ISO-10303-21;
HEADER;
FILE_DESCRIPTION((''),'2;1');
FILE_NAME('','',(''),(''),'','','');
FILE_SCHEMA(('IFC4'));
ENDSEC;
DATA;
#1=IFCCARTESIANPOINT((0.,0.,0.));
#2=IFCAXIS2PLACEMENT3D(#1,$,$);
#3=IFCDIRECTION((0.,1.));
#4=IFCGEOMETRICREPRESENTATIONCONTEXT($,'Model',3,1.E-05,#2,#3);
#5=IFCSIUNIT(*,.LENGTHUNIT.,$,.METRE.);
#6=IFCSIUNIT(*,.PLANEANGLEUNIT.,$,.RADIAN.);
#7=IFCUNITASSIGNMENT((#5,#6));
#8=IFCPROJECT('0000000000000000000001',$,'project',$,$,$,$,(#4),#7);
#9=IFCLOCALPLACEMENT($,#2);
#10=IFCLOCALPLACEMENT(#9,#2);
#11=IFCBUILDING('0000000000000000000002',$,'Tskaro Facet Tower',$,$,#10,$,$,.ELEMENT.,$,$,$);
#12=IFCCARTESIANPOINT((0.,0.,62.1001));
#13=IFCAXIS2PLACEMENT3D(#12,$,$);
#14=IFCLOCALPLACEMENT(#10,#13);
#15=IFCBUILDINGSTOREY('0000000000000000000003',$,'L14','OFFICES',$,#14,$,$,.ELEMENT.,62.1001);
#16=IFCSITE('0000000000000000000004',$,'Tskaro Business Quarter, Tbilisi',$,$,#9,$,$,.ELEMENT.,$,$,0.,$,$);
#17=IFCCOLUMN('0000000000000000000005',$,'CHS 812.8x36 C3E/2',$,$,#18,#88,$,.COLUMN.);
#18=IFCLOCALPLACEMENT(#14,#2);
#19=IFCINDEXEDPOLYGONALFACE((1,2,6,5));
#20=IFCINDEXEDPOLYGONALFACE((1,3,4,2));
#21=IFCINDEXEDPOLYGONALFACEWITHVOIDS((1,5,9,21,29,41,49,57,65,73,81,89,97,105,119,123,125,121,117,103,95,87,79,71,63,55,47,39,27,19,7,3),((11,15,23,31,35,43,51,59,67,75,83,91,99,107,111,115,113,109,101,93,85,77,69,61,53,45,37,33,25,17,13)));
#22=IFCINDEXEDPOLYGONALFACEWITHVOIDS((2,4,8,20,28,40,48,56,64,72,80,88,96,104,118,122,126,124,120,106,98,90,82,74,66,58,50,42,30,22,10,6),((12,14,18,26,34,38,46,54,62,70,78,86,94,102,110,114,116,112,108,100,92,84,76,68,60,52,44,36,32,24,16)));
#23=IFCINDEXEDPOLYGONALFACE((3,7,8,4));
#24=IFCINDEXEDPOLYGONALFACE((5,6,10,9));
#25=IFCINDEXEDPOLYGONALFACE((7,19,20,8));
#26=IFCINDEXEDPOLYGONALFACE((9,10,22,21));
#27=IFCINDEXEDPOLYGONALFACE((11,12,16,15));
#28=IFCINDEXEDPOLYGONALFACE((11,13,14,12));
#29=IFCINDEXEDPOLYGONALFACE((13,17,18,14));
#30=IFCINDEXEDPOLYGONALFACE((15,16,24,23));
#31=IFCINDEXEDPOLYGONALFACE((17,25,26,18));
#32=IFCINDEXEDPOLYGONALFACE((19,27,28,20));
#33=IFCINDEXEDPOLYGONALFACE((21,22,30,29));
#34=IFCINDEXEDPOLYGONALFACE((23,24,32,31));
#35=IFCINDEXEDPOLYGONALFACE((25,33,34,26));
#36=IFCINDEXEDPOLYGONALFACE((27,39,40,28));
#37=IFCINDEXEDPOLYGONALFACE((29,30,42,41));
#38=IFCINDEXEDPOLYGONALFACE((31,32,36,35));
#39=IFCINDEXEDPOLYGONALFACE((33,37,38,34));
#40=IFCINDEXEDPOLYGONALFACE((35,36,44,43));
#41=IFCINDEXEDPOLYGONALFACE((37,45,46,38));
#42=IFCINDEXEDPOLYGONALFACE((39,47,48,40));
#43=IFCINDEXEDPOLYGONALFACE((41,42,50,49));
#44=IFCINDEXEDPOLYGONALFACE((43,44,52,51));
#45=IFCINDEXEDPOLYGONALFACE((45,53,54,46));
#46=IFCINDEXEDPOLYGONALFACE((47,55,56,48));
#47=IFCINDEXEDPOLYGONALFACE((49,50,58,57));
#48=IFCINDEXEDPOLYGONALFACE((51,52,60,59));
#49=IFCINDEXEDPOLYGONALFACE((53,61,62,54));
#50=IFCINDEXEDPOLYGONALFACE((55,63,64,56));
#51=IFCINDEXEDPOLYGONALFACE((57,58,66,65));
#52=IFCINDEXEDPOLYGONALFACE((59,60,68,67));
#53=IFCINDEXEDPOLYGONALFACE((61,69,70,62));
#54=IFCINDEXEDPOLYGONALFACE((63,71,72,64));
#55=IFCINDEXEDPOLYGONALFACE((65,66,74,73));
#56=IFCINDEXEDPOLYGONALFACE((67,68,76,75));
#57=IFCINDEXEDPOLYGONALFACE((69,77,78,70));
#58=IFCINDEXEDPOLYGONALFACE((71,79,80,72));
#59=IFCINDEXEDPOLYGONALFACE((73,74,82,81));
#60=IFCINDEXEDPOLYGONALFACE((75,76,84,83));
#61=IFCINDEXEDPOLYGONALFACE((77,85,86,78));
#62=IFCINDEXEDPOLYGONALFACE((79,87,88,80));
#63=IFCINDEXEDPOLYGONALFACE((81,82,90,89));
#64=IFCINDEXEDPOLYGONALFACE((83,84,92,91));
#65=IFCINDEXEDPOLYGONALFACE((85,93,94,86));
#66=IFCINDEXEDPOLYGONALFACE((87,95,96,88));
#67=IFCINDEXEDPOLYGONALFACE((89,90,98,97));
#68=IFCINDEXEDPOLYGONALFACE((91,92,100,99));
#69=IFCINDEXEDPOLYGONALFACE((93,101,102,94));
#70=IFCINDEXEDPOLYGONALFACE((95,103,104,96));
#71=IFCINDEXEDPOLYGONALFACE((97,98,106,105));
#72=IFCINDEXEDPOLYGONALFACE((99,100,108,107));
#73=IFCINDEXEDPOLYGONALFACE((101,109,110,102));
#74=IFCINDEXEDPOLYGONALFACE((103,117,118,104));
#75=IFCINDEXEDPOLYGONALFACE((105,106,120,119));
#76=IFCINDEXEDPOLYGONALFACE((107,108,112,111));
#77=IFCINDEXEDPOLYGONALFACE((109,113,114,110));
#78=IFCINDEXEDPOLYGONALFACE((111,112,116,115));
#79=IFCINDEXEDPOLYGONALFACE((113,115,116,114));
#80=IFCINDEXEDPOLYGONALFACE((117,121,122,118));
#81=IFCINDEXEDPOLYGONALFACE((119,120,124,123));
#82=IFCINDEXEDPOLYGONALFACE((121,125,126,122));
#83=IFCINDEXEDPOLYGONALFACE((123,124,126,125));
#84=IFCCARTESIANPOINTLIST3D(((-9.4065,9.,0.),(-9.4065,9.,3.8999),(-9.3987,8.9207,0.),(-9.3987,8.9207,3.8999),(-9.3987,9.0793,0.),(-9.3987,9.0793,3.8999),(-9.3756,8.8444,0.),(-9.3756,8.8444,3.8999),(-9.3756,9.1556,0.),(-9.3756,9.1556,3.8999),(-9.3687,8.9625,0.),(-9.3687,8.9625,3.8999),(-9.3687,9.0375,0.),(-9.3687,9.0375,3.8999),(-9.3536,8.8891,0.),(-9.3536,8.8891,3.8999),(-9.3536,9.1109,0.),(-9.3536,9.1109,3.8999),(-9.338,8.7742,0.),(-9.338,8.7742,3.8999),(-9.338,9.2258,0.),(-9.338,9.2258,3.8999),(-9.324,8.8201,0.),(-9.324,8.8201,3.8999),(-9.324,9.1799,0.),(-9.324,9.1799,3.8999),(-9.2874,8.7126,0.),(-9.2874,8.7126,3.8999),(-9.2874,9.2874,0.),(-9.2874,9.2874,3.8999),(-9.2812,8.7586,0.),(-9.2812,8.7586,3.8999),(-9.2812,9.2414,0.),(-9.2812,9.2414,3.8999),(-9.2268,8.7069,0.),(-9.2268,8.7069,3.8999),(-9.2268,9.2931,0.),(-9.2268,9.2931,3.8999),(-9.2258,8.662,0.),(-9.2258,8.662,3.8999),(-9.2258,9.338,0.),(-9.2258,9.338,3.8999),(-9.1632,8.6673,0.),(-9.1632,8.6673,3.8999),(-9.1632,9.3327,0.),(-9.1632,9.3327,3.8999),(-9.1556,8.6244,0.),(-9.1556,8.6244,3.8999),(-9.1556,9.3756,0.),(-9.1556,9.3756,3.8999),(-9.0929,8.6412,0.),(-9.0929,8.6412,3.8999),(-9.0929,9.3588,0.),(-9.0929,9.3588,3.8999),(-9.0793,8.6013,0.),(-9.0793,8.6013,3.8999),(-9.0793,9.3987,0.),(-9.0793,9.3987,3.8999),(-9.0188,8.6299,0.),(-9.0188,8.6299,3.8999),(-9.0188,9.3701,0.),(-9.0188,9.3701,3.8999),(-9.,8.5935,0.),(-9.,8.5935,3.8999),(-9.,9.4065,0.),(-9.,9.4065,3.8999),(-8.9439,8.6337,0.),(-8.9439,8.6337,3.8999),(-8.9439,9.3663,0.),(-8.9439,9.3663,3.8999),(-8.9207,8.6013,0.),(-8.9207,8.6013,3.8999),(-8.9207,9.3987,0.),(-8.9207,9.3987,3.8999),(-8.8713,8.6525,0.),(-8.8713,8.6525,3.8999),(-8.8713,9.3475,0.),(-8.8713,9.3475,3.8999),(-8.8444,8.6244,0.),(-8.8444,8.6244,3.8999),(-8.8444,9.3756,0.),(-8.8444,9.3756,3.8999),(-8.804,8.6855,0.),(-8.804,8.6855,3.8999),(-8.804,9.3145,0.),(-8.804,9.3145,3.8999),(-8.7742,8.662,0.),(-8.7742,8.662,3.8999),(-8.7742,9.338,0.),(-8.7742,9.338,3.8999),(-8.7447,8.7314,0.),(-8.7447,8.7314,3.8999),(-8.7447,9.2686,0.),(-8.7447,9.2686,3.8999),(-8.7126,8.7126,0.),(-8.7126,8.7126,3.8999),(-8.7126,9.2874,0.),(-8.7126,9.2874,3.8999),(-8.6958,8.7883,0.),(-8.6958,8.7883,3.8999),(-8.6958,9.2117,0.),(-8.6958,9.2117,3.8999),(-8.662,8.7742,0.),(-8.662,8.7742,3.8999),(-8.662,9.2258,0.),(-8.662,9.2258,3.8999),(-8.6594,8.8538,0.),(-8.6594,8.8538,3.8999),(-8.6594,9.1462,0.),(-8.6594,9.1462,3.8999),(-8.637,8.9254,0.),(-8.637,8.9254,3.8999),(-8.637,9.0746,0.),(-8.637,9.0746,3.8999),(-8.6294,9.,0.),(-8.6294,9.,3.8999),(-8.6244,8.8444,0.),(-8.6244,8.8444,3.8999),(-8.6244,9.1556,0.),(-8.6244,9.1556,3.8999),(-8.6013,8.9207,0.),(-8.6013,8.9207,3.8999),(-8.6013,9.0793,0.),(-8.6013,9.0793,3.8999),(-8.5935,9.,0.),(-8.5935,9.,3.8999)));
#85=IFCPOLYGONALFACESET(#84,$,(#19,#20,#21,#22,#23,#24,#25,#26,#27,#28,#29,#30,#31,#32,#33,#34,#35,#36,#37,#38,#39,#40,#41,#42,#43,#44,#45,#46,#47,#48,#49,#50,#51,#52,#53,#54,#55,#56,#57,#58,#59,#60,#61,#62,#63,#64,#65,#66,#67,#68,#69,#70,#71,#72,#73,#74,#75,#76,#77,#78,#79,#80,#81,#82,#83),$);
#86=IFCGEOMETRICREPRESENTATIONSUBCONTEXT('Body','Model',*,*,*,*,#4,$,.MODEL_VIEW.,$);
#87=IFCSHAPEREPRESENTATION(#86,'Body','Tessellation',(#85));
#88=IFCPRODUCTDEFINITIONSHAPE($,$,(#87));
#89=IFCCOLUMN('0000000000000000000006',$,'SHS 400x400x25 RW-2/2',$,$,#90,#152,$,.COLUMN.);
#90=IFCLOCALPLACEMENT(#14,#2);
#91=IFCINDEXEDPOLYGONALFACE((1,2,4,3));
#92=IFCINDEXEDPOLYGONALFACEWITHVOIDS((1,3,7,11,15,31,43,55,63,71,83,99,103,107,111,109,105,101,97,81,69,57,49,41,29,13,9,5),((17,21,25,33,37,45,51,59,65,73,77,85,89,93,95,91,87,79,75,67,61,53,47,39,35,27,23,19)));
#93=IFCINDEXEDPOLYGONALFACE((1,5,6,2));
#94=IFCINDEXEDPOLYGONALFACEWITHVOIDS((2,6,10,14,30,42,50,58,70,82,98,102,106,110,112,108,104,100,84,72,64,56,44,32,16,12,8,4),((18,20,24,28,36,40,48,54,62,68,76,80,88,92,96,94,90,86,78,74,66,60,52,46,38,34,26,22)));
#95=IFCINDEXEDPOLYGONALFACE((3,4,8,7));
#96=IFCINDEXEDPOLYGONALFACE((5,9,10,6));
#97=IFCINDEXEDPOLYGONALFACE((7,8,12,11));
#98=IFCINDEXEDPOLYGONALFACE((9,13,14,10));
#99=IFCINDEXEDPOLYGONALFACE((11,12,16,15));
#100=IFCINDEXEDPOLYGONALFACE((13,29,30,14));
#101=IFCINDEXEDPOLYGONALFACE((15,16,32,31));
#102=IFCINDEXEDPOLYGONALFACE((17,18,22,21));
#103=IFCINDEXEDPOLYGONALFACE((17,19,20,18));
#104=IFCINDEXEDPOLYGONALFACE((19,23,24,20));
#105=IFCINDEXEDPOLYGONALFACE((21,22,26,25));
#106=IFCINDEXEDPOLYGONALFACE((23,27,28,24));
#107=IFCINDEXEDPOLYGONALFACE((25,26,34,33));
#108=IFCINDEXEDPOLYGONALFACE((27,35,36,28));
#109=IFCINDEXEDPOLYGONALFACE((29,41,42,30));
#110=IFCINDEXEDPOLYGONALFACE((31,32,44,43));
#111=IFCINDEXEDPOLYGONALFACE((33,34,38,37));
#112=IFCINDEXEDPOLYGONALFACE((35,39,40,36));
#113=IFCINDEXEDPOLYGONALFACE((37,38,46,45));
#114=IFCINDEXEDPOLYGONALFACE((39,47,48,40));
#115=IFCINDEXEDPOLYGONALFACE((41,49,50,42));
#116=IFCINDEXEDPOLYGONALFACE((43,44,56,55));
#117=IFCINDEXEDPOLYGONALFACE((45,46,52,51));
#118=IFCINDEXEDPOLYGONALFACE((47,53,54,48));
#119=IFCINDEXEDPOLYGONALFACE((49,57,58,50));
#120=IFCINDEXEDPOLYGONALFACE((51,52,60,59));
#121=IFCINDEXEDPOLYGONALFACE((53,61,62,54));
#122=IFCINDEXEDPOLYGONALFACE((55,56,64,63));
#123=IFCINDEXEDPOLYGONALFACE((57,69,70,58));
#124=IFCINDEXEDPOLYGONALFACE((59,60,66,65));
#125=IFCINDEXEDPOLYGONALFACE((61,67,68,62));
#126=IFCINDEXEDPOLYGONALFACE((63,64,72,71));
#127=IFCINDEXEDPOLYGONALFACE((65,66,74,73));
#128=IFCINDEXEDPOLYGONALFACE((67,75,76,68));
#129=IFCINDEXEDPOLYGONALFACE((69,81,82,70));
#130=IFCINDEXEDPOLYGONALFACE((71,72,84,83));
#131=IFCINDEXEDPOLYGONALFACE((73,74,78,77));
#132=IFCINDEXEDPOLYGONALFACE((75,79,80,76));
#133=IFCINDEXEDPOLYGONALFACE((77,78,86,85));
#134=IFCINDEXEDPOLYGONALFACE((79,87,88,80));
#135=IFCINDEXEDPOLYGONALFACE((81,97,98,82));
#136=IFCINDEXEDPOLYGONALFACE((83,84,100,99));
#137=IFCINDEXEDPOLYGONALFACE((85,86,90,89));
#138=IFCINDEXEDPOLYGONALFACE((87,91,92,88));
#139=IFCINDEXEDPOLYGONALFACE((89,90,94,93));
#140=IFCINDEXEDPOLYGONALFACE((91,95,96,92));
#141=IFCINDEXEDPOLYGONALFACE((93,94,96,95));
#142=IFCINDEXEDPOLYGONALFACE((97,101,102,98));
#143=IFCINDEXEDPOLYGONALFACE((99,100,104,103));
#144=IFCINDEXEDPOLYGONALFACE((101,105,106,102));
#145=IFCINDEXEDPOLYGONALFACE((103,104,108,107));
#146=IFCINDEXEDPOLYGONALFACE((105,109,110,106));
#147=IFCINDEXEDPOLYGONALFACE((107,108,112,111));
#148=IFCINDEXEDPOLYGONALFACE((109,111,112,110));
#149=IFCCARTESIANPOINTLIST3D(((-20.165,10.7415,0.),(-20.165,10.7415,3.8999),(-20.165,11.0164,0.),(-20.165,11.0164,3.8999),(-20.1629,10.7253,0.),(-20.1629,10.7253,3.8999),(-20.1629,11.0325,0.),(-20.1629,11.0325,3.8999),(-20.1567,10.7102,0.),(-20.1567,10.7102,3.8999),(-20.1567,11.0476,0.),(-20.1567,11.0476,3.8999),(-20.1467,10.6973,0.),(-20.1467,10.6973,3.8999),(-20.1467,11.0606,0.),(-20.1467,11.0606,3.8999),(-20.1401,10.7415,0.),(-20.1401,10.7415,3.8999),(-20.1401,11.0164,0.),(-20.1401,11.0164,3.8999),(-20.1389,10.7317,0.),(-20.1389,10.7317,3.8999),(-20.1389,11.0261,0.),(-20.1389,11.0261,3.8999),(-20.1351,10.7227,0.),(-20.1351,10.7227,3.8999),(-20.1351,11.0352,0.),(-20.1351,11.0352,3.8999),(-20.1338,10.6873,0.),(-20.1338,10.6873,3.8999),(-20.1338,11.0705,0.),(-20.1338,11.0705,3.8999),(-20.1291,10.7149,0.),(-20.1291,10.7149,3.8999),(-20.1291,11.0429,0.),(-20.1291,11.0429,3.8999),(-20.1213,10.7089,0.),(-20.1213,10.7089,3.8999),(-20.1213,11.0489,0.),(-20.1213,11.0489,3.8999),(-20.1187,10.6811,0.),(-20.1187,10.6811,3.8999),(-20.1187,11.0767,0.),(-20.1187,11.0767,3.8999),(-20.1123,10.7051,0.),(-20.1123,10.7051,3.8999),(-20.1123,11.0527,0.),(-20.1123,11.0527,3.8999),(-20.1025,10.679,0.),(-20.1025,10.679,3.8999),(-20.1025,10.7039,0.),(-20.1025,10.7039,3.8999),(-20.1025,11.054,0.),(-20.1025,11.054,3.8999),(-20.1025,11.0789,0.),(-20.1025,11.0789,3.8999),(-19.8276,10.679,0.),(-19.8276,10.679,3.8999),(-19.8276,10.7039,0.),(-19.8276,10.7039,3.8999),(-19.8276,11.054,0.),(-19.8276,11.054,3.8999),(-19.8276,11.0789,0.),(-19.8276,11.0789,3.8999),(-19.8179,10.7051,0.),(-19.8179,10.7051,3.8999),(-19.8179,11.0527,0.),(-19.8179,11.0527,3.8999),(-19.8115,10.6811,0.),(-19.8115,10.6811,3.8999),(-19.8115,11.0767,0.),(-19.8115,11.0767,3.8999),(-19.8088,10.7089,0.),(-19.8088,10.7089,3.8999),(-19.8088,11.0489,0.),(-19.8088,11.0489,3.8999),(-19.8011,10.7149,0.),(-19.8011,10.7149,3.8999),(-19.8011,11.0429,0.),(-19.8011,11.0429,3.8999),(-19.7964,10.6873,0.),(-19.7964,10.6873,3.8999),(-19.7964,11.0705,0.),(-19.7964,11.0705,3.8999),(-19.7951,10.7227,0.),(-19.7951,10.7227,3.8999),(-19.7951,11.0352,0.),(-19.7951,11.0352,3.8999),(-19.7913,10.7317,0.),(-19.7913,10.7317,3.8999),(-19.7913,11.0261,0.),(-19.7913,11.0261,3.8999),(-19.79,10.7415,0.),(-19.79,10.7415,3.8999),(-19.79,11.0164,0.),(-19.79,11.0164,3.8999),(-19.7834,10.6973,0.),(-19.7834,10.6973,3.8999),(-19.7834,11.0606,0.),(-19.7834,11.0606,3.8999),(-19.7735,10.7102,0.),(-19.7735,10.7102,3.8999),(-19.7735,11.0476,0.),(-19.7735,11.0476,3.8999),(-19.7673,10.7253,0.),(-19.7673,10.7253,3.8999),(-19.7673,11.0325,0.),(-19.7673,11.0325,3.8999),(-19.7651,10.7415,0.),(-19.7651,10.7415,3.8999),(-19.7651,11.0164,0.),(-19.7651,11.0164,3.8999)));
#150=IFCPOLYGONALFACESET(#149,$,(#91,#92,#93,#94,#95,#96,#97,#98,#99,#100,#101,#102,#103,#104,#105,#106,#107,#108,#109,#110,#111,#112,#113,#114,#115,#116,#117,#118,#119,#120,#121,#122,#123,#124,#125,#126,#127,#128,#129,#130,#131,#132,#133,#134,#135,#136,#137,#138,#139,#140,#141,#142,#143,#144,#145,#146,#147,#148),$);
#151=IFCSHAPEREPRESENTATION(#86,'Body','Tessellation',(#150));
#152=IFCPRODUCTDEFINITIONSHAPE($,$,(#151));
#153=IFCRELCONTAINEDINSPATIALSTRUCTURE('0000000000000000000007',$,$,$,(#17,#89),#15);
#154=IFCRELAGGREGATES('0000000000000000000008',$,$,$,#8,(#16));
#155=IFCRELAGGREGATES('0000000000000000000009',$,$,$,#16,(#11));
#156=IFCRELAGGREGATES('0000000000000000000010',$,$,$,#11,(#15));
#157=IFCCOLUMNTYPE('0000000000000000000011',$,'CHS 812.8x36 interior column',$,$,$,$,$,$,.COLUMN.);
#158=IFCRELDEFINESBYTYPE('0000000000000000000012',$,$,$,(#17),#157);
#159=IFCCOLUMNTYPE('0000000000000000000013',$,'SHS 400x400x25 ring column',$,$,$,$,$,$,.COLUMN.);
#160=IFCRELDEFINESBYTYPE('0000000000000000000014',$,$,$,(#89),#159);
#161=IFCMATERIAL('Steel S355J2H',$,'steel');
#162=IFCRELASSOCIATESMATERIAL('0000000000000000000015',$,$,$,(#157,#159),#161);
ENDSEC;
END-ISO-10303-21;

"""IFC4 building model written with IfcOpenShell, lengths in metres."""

from ifc_helpers import new_model, si_unit, direction, frame, origin, origin_2d, place, context, subcontext, project, spatial, hollow_rectangle, hollow_circle, extrude, material, material_profile, profile_set, type_object, element, save


model = new_model("IFC4")

# Units and contexts
model_context = context("Model", 3, precision=1e-05, world=origin(), true_north=direction((0.0, 1.0)))
body_context = subcontext(model_context, "Body", "Model", "MODEL_VIEW")
ifc_project = project(units=[si_unit("LENGTHUNIT", "METRE"), si_unit("PLANEANGLEUNIT", "RADIAN")], contexts=[model_context])

# Site, building, storey
site_placement = place(None, origin())
site = spatial("IfcSite", under=ifc_project, at=site_placement, Name="Tskaro Business Quarter, Tbilisi", CompositionType="ELEMENT", RefElevation=0.0)
building_placement = place(site_placement, origin())
building = spatial("IfcBuilding", under=site, at=building_placement, Name="Tskaro Facet Tower", CompositionType="ELEMENT")
storey_placement = place(building_placement, frame((0.0, 0.0, 62.1001)))
storey = spatial("IfcBuildingStorey", under=building, at=storey_placement, Name="L14", Description="OFFICES", CompositionType="ELEMENT", Elevation=62.1001)

# Columns
ifc_material_1 = material(Name="Steel S355J2H", Category="steel")
ifc_material_profile_1 = material_profile(ifc_material_1, hollow_circle(Radius=0.4065, WallThickness=0.0359, at=origin_2d()), Name="CHS 812.8x36")
ifc_profile_set_1 = profile_set([ifc_material_profile_1], Name="Steel S355J2H")
column_type_1 = type_object("IfcColumnType", Name="CHS 812.8x36 interior column", PredefinedType="COLUMN", material=ifc_profile_set_1)
column_placement = place(storey_placement, frame((-9.0, 9.0, 0.0), z_axis=(0.0, 0.0, 1.0), x_axis=(1.0, 0.0, 0.0)))
element("IfcColumn", 1, at=column_placement, inside=storey, type_object=column_type_1, Name="CHS 812.8x36 C3E/2", PredefinedType="COLUMN", context=body_context, shape_type="SweptSolid", body=[
    extrude(hollow_circle(Radius=0.4065, WallThickness=0.0359, at=origin_2d()), origin(), (0.0, 0.0, 1.0), 3.8999),
])
ifc_material_profile_2 = material_profile(ifc_material_1, hollow_rectangle(XDim=0.3999, YDim=0.3999, WallThickness=0.0249, InnerFilletRadius=0.0376, OuterFilletRadius=0.0625, at=origin_2d()), Name="SHS 400x400x25")
ifc_profile_set_2 = profile_set([ifc_material_profile_2], Name="Steel S355J2H")
column_type_2 = type_object("IfcColumnType", Name="SHS 400x400x25 ring column", PredefinedType="COLUMN", material=ifc_profile_set_2)
for number, where, z_axis, x_axis, name in (
    (2, (-19.9651, 10.8789, 0.0), (0.0, 0.0, 1.0), (1.0, 0.0, 0.0), "SHS 400x400x25 RW-2/2"),
):
    element("IfcColumn", number, at=place(storey_placement, frame(where, z_axis=z_axis, x_axis=x_axis)), inside=storey, type_object=column_type_2, Name=name, PredefinedType="COLUMN", context=body_context, shape_type="SweptSolid", body=[
        extrude(hollow_rectangle(XDim=0.3999, YDim=0.3999, WallThickness=0.0249, InnerFilletRadius=0.0376, OuterFilletRadius=0.0625, at=origin_2d()), origin(), (0.0, 0.0, 1.0), 3.8999),
    ])

save(model, "model.ifc")
